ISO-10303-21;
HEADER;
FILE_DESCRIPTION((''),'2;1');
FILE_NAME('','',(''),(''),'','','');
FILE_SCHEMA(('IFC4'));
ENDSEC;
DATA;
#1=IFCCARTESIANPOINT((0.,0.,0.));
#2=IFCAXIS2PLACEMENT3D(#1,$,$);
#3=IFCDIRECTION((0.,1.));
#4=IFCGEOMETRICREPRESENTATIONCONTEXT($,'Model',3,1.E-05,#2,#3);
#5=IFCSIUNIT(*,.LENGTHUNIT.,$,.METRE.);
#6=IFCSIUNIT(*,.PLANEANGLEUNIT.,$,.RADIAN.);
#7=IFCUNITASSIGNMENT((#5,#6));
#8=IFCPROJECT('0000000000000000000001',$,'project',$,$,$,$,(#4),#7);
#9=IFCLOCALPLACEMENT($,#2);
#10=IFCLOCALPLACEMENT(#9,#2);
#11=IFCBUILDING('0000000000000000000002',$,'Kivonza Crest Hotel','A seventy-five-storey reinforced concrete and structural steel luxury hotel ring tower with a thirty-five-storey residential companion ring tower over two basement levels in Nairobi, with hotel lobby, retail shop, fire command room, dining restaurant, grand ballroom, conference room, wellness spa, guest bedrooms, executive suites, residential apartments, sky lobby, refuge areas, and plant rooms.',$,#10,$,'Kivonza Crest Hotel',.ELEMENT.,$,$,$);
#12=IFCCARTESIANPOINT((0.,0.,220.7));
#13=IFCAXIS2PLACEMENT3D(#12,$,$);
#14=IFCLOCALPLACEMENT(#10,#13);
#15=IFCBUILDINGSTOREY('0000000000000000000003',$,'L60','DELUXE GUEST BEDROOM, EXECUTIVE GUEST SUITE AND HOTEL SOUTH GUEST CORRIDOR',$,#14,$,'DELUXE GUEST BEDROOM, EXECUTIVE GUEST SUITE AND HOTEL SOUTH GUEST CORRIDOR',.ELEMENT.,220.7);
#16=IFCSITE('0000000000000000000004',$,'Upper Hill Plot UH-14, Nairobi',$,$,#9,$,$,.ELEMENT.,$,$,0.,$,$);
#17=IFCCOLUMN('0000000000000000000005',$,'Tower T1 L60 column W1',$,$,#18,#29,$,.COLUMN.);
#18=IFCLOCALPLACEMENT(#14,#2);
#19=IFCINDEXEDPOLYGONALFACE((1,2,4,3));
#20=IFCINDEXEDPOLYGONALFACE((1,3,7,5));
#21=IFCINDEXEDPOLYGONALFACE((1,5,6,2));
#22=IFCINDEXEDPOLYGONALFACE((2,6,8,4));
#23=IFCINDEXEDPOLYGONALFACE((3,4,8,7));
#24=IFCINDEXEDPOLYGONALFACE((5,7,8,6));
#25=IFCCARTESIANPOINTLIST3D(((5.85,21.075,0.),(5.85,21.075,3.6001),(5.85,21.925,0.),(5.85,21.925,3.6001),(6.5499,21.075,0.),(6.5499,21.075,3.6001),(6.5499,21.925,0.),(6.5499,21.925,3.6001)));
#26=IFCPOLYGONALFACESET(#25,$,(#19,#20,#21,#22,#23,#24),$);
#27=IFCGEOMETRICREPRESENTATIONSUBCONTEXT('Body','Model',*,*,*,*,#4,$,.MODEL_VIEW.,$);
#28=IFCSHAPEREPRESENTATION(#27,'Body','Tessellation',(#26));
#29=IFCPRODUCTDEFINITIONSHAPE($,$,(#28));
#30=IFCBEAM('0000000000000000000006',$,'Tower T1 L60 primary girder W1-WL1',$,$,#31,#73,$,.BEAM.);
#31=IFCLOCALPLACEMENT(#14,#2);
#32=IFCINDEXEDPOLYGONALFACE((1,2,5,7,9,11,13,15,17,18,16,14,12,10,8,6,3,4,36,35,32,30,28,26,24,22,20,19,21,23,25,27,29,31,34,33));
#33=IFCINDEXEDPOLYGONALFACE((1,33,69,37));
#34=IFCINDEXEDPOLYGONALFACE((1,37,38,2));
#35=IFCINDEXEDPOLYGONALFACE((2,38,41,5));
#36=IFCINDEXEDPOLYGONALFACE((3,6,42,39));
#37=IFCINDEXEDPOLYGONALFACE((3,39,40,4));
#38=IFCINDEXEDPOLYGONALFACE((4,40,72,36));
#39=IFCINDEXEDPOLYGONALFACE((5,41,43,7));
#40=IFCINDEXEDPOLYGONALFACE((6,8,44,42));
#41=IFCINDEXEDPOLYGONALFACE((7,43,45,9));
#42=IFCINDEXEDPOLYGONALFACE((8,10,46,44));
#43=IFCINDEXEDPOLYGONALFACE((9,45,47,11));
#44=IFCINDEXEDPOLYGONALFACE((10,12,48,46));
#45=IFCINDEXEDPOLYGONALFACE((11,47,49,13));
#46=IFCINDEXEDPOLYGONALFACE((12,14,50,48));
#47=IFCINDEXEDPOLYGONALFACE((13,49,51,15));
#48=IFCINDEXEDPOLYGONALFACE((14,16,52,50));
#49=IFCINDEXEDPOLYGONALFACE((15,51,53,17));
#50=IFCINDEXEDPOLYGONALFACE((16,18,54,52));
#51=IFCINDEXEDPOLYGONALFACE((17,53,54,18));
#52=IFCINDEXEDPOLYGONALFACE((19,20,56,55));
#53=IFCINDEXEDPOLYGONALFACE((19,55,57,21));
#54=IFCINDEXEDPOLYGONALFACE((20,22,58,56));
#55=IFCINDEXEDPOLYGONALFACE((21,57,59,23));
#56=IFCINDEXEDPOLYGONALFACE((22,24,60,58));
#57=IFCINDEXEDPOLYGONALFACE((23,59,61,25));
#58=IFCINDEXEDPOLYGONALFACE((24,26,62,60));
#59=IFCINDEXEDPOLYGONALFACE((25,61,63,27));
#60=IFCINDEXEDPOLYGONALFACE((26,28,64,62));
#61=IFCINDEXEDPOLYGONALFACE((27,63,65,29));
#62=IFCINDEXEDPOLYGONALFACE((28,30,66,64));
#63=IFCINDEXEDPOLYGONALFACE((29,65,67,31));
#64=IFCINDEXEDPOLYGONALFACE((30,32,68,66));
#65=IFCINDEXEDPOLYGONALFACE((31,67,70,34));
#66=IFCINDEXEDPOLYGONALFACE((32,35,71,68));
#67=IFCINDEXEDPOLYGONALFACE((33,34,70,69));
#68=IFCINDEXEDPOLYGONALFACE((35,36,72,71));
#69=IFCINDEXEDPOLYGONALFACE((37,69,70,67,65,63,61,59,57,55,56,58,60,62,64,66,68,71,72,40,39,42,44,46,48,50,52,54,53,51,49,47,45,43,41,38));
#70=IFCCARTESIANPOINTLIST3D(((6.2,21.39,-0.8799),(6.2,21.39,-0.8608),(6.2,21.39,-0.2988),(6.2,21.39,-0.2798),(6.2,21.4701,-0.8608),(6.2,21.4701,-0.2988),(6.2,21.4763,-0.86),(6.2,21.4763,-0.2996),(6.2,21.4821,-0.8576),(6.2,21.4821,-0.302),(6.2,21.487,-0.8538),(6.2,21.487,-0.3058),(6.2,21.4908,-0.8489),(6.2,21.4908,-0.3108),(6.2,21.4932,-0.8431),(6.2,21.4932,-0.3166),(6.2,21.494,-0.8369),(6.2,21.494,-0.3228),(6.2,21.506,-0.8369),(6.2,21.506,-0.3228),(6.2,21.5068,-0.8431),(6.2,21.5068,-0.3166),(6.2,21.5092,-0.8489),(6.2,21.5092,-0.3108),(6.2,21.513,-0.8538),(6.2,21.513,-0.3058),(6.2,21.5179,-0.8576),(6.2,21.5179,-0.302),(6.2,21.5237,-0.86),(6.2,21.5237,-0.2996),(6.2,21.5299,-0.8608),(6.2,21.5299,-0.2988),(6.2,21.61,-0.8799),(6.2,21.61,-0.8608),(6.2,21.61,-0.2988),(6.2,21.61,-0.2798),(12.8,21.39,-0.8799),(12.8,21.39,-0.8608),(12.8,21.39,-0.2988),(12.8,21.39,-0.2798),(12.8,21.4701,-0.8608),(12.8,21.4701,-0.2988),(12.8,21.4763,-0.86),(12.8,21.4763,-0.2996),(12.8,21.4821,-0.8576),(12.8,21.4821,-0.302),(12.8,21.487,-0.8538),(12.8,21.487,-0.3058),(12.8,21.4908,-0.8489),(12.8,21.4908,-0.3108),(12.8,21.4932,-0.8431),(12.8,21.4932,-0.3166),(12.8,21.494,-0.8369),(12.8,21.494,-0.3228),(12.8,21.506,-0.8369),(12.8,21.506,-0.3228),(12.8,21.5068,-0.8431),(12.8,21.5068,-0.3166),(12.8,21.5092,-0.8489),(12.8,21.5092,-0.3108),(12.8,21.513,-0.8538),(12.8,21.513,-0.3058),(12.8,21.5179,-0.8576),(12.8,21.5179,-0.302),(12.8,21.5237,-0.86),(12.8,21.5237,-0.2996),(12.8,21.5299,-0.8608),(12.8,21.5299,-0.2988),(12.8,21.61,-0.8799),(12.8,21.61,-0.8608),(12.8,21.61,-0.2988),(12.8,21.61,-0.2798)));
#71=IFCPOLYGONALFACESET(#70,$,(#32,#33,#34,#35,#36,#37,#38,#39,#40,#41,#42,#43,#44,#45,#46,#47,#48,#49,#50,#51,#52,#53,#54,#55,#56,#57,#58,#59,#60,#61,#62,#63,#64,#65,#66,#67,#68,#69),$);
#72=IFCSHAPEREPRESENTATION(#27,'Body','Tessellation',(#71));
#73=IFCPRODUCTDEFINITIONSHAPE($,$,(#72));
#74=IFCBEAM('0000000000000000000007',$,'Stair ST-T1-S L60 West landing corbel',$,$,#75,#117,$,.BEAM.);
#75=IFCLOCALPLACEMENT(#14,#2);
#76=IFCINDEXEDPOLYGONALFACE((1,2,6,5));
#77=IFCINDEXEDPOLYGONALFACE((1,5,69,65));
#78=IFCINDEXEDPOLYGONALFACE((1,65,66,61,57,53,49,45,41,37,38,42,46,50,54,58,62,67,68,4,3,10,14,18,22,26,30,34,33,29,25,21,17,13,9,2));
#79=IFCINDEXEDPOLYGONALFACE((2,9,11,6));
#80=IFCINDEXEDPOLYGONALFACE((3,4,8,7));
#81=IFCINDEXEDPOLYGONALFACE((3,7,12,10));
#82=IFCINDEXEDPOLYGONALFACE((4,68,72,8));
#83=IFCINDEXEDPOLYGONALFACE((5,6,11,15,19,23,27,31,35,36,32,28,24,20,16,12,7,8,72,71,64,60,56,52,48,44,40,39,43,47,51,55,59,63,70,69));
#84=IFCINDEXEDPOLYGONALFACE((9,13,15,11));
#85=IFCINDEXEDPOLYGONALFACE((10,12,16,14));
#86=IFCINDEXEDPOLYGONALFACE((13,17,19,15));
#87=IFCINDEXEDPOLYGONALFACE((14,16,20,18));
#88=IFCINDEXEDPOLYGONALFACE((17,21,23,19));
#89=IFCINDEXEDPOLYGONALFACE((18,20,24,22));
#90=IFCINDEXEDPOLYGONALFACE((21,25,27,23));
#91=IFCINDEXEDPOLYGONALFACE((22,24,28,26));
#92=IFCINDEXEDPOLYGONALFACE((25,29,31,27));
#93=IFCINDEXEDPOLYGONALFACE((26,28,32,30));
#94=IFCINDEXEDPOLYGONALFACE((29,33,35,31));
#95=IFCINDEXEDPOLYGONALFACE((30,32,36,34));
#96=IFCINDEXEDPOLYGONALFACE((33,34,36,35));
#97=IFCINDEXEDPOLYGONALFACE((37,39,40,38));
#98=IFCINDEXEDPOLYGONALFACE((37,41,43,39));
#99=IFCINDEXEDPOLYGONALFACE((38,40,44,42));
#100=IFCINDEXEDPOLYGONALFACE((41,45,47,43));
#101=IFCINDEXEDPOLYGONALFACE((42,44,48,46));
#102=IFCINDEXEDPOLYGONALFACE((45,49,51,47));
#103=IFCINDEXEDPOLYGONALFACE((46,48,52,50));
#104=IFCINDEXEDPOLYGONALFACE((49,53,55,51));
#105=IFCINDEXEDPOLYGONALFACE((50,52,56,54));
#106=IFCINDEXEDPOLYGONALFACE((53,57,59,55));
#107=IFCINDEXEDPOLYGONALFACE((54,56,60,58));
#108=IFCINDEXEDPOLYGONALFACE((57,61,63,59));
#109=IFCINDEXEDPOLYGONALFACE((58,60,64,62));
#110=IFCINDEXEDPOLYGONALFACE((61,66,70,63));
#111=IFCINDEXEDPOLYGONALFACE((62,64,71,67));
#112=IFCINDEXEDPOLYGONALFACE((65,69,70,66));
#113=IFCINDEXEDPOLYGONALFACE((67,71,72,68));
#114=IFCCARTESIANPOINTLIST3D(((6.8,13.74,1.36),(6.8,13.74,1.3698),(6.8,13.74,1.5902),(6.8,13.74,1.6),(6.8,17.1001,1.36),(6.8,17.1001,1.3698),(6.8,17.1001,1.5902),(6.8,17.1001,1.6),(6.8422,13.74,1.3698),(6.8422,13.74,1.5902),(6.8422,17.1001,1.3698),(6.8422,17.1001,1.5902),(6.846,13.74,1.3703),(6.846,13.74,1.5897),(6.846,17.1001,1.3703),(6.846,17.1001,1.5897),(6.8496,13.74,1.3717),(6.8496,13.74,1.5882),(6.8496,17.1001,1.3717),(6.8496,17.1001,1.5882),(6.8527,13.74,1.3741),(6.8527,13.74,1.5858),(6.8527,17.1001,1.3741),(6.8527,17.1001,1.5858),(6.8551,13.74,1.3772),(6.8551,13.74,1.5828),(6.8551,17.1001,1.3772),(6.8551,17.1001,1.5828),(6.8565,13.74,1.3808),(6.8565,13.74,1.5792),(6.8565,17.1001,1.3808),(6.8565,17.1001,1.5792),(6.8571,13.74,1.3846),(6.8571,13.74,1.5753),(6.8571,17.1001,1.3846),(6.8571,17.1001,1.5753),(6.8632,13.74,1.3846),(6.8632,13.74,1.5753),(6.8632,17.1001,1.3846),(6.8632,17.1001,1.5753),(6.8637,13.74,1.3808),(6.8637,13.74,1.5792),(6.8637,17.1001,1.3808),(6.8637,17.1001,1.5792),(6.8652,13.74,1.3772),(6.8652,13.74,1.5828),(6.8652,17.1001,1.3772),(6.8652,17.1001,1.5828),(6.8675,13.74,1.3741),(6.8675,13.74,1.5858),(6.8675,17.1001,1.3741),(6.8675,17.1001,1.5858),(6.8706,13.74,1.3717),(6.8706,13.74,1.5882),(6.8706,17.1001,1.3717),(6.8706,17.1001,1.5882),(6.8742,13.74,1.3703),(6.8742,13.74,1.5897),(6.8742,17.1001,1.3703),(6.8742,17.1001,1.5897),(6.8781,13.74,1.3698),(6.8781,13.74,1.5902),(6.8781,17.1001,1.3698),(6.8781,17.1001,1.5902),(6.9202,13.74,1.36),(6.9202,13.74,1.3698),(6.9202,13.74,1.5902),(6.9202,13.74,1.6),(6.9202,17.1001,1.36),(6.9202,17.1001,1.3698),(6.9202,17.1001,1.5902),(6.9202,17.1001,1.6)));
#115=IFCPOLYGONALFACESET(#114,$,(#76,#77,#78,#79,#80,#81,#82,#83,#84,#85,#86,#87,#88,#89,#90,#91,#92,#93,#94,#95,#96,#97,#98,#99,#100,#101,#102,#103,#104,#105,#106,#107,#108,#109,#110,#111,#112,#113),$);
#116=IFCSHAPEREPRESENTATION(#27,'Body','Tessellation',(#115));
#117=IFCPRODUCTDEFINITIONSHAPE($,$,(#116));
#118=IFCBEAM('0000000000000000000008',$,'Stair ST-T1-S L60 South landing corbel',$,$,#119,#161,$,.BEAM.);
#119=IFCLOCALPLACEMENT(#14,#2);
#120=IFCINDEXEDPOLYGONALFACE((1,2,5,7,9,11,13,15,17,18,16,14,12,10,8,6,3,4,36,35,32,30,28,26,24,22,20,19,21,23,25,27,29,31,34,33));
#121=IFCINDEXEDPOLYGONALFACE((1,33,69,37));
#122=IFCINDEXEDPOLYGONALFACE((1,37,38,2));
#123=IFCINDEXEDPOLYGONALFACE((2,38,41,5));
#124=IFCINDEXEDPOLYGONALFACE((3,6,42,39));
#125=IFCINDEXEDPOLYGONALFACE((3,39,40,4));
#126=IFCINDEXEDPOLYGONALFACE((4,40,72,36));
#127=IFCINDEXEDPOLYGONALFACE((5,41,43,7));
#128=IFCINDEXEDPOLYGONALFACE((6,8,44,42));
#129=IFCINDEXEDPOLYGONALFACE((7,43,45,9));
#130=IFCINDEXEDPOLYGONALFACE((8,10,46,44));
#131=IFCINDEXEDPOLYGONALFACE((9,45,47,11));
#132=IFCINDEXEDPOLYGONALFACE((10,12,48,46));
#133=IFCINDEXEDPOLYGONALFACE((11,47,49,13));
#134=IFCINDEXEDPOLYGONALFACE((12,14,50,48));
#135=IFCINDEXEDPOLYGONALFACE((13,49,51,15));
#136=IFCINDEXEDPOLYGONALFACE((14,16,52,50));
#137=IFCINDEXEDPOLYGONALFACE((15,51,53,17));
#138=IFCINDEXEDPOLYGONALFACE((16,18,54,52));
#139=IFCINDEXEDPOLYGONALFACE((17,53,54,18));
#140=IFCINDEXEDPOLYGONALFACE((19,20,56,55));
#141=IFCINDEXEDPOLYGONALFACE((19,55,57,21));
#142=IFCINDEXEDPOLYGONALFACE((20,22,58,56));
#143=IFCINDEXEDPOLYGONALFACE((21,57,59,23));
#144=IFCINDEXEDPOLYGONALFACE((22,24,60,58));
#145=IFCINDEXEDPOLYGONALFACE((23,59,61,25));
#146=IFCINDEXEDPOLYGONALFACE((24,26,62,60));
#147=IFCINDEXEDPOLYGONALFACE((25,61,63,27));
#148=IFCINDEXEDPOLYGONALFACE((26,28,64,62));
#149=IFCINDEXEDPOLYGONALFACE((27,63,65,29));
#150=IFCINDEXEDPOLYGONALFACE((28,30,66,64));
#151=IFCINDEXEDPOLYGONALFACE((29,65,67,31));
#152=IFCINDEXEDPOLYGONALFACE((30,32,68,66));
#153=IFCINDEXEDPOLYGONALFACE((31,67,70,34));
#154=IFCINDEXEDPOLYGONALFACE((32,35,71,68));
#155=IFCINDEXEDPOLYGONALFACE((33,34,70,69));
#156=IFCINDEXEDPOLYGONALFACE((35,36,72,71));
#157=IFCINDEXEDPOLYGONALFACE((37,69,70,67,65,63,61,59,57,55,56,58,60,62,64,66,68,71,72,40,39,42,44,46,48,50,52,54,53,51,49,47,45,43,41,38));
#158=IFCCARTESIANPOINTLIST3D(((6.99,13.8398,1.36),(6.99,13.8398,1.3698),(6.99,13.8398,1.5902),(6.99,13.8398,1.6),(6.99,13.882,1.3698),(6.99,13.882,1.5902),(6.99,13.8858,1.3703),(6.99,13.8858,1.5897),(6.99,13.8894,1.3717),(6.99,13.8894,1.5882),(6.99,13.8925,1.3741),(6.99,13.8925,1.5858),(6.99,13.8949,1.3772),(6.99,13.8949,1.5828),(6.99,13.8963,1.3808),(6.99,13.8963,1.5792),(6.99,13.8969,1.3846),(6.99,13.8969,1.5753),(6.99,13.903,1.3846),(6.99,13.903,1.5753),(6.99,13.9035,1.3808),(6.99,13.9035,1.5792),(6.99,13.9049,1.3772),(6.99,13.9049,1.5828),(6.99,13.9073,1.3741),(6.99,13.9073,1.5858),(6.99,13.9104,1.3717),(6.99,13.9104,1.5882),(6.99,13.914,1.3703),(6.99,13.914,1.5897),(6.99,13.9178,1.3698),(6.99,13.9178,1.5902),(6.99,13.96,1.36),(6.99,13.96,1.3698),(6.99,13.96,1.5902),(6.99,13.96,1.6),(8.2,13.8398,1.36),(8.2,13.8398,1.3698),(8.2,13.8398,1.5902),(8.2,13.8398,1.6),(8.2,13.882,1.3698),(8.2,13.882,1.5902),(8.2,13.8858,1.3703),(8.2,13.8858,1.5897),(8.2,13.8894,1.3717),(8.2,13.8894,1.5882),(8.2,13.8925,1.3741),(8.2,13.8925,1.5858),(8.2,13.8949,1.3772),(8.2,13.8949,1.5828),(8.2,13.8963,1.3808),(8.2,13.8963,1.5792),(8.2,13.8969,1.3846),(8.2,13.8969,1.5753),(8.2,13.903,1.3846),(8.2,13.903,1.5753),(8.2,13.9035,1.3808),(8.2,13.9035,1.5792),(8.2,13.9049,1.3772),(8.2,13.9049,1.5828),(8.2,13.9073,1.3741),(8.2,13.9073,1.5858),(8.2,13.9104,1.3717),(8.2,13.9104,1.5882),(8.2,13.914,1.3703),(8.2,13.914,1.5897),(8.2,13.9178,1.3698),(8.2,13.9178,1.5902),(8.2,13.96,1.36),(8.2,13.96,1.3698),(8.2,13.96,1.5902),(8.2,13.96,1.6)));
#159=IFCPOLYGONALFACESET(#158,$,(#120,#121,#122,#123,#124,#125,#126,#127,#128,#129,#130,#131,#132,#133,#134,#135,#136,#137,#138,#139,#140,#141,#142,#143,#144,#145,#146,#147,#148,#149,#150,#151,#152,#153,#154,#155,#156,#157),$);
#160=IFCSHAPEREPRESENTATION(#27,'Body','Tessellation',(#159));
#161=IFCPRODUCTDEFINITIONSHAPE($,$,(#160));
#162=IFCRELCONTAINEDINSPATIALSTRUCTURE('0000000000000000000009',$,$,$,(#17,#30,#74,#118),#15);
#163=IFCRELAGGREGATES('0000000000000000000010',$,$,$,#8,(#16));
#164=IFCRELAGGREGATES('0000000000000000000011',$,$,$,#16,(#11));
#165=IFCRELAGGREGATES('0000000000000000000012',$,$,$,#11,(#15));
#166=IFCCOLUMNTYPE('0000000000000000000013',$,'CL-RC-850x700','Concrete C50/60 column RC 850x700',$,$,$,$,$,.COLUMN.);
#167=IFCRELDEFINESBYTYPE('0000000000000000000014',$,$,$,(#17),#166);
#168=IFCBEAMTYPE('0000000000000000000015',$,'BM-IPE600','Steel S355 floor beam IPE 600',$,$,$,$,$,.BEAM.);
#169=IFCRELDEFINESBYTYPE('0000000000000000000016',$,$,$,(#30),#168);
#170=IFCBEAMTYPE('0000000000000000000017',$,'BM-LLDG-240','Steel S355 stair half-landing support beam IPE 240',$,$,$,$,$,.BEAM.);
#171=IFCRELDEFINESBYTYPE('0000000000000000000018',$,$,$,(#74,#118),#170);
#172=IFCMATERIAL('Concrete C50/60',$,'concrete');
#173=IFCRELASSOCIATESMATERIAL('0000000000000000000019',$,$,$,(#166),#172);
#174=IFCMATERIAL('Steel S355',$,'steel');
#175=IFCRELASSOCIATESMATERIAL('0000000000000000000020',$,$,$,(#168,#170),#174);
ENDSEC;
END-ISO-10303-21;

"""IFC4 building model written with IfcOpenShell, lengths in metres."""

from ifc_helpers import new_model, si_unit, direction, frame, origin, origin_2d, place, context, subcontext, project, spatial, rectangle, i_section, extrude, material, material_profile, profile_set, type_object, element, save


model = new_model("IFC4")

# Units and contexts
model_context = context("Model", 3, precision=1e-05, world=origin(), true_north=direction((0.0, 1.0)))
body_context = subcontext(model_context, "Body", "Model", "MODEL_VIEW")
ifc_project = project(units=[si_unit("LENGTHUNIT", "METRE"), si_unit("PLANEANGLEUNIT", "RADIAN")], contexts=[model_context])

# Site, building, storey
site_placement = place(None, origin())
site = spatial("IfcSite", under=ifc_project, at=site_placement, Name="Upper Hill Plot UH-14, Nairobi", CompositionType="ELEMENT", RefElevation=0.0)
building_placement = place(site_placement, origin())
building = spatial("IfcBuilding", under=site, at=building_placement, Name="Kivonza Crest Hotel", Description="A seventy-five-storey reinforced concrete and structural steel luxury hotel ring tower with a thirty-five-storey residential companion ring tower over two basement levels in Nairobi, with hotel lobby, retail shop, fire command room, dining restaurant, grand ballroom, conference room, wellness spa, guest bedrooms, executive suites, residential apartments, sky lobby, refuge areas, and plant rooms.", LongName="Kivonza Crest Hotel", CompositionType="ELEMENT")
storey_placement = place(building_placement, frame((0.0, 0.0, 220.7)))
storey = spatial("IfcBuildingStorey", under=building, at=storey_placement, Name="L60", Description="DELUXE GUEST BEDROOM, EXECUTIVE GUEST SUITE AND HOTEL SOUTH GUEST CORRIDOR", LongName="DELUXE GUEST BEDROOM, EXECUTIVE GUEST SUITE AND HOTEL SOUTH GUEST CORRIDOR", CompositionType="ELEMENT", Elevation=220.7)

# Column
ifc_material_1 = material(Name="Concrete C50/60", Category="concrete")
ifc_material_profile_1 = material_profile(ifc_material_1, rectangle(XDim=0.7, YDim=0.8501, at=origin_2d()), Name="RC 850x700")
ifc_profile_set_1 = profile_set([ifc_material_profile_1], Name="Concrete C50/60")
column_type = type_object("IfcColumnType", Name="CL-RC-850x700", Description="Concrete C50/60 column RC 850x700", PredefinedType="COLUMN", material=ifc_profile_set_1)
column_placement = place(storey_placement, frame((6.2, 21.5, 0.0), z_axis=(0.0, 0.0, 1.0), x_axis=(1.0, 0.0, 0.0)))
element("IfcColumn", 1, at=column_placement, inside=storey, type_object=column_type, Name="Tower T1 L60 column W1", PredefinedType="COLUMN", context=body_context, shape_type="SweptSolid", body=[
    extrude(rectangle(XDim=0.7, YDim=0.8501, at=origin_2d()), origin(), (0.0, 0.0, 1.0), 3.6001),
])

# Beams
ifc_material_2 = material(Name="Steel S355", Category="steel")
ifc_material_profile_2 = material_profile(ifc_material_2, i_section(OverallWidth=0.22, OverallDepth=0.6001, WebThickness=0.012, FlangeThickness=0.019, FilletRadius=0.0239, at=origin_2d()), Name="IPE 600")
ifc_profile_set_2 = profile_set([ifc_material_profile_2], Name="Steel S355")
beam_type_1 = type_object("IfcBeamType", Name="BM-IPE600", Description="Steel S355 floor beam IPE 600", PredefinedType="BEAM", material=ifc_profile_set_2)
beam_1_placement = place(storey_placement, frame((6.2, 21.5, -0.5798), z_axis=(1.0, 0.0, 0.0), x_axis=(0.0, 1.0, 0.0)))
element("IfcBeam", 2, at=beam_1_placement, inside=storey, type_object=beam_type_1, Name="Tower T1 L60 primary girder W1-WL1", PredefinedType="BEAM", context=body_context, shape_type="SweptSolid", body=[
    extrude(i_section(OverallWidth=0.22, OverallDepth=0.6001, WebThickness=0.012, FlangeThickness=0.019, FilletRadius=0.0239, at=origin_2d()), origin(), (0.0, 0.0, 1.0), 6.6001),
])
ifc_material_profile_3 = material_profile(ifc_material_2, i_section(OverallWidth=0.1201, OverallDepth=0.24, WebThickness=0.0061, FlangeThickness=0.0098, FilletRadius=0.0149, at=origin_2d()), Name="IPE 240")
ifc_profile_set_3 = profile_set([ifc_material_profile_3], Name="Steel S355")
beam_type_2 = type_object("IfcBeamType", Name="BM-LLDG-240", Description="Steel S355 stair half-landing support beam IPE 240", PredefinedType="BEAM", material=ifc_profile_set_3)
beam_2_placement = place(storey_placement, frame((6.8601, 13.74, 1.48), z_axis=(0.0, 1.0, 0.0), x_axis=(-1.0, 0.0, 0.0)))
element("IfcBeam", 3, at=beam_2_placement, inside=storey, type_object=beam_type_2, Name="Stair ST-T1-S L60 West landing corbel", PredefinedType="BEAM", context=body_context, shape_type="SweptSolid", body=[
    extrude(i_section(OverallWidth=0.1201, OverallDepth=0.24, WebThickness=0.0061, FlangeThickness=0.0098, FilletRadius=0.0149, at=origin_2d()), origin(), (0.0, 0.0, 1.0), 3.3601),
])
for number, where, z_axis, x_axis, name in (
    (4, (6.99, 13.8999, 1.48), (1.0, 0.0, 0.0), (0.0, 1.0, 0.0), "Stair ST-T1-S L60 South landing corbel"),
):
    element("IfcBeam", number, at=place(storey_placement, frame(where, z_axis=z_axis, x_axis=x_axis)), inside=storey, type_object=beam_type_2, Name=name, PredefinedType="BEAM", context=body_context, shape_type="SweptSolid", body=[
        extrude(i_section(OverallWidth=0.1201, OverallDepth=0.24, WebThickness=0.0061, FlangeThickness=0.0098, FilletRadius=0.0149, at=origin_2d()), origin(), (0.0, 0.0, 1.0), 1.21),
    ])

save(model, "model.ifc")
